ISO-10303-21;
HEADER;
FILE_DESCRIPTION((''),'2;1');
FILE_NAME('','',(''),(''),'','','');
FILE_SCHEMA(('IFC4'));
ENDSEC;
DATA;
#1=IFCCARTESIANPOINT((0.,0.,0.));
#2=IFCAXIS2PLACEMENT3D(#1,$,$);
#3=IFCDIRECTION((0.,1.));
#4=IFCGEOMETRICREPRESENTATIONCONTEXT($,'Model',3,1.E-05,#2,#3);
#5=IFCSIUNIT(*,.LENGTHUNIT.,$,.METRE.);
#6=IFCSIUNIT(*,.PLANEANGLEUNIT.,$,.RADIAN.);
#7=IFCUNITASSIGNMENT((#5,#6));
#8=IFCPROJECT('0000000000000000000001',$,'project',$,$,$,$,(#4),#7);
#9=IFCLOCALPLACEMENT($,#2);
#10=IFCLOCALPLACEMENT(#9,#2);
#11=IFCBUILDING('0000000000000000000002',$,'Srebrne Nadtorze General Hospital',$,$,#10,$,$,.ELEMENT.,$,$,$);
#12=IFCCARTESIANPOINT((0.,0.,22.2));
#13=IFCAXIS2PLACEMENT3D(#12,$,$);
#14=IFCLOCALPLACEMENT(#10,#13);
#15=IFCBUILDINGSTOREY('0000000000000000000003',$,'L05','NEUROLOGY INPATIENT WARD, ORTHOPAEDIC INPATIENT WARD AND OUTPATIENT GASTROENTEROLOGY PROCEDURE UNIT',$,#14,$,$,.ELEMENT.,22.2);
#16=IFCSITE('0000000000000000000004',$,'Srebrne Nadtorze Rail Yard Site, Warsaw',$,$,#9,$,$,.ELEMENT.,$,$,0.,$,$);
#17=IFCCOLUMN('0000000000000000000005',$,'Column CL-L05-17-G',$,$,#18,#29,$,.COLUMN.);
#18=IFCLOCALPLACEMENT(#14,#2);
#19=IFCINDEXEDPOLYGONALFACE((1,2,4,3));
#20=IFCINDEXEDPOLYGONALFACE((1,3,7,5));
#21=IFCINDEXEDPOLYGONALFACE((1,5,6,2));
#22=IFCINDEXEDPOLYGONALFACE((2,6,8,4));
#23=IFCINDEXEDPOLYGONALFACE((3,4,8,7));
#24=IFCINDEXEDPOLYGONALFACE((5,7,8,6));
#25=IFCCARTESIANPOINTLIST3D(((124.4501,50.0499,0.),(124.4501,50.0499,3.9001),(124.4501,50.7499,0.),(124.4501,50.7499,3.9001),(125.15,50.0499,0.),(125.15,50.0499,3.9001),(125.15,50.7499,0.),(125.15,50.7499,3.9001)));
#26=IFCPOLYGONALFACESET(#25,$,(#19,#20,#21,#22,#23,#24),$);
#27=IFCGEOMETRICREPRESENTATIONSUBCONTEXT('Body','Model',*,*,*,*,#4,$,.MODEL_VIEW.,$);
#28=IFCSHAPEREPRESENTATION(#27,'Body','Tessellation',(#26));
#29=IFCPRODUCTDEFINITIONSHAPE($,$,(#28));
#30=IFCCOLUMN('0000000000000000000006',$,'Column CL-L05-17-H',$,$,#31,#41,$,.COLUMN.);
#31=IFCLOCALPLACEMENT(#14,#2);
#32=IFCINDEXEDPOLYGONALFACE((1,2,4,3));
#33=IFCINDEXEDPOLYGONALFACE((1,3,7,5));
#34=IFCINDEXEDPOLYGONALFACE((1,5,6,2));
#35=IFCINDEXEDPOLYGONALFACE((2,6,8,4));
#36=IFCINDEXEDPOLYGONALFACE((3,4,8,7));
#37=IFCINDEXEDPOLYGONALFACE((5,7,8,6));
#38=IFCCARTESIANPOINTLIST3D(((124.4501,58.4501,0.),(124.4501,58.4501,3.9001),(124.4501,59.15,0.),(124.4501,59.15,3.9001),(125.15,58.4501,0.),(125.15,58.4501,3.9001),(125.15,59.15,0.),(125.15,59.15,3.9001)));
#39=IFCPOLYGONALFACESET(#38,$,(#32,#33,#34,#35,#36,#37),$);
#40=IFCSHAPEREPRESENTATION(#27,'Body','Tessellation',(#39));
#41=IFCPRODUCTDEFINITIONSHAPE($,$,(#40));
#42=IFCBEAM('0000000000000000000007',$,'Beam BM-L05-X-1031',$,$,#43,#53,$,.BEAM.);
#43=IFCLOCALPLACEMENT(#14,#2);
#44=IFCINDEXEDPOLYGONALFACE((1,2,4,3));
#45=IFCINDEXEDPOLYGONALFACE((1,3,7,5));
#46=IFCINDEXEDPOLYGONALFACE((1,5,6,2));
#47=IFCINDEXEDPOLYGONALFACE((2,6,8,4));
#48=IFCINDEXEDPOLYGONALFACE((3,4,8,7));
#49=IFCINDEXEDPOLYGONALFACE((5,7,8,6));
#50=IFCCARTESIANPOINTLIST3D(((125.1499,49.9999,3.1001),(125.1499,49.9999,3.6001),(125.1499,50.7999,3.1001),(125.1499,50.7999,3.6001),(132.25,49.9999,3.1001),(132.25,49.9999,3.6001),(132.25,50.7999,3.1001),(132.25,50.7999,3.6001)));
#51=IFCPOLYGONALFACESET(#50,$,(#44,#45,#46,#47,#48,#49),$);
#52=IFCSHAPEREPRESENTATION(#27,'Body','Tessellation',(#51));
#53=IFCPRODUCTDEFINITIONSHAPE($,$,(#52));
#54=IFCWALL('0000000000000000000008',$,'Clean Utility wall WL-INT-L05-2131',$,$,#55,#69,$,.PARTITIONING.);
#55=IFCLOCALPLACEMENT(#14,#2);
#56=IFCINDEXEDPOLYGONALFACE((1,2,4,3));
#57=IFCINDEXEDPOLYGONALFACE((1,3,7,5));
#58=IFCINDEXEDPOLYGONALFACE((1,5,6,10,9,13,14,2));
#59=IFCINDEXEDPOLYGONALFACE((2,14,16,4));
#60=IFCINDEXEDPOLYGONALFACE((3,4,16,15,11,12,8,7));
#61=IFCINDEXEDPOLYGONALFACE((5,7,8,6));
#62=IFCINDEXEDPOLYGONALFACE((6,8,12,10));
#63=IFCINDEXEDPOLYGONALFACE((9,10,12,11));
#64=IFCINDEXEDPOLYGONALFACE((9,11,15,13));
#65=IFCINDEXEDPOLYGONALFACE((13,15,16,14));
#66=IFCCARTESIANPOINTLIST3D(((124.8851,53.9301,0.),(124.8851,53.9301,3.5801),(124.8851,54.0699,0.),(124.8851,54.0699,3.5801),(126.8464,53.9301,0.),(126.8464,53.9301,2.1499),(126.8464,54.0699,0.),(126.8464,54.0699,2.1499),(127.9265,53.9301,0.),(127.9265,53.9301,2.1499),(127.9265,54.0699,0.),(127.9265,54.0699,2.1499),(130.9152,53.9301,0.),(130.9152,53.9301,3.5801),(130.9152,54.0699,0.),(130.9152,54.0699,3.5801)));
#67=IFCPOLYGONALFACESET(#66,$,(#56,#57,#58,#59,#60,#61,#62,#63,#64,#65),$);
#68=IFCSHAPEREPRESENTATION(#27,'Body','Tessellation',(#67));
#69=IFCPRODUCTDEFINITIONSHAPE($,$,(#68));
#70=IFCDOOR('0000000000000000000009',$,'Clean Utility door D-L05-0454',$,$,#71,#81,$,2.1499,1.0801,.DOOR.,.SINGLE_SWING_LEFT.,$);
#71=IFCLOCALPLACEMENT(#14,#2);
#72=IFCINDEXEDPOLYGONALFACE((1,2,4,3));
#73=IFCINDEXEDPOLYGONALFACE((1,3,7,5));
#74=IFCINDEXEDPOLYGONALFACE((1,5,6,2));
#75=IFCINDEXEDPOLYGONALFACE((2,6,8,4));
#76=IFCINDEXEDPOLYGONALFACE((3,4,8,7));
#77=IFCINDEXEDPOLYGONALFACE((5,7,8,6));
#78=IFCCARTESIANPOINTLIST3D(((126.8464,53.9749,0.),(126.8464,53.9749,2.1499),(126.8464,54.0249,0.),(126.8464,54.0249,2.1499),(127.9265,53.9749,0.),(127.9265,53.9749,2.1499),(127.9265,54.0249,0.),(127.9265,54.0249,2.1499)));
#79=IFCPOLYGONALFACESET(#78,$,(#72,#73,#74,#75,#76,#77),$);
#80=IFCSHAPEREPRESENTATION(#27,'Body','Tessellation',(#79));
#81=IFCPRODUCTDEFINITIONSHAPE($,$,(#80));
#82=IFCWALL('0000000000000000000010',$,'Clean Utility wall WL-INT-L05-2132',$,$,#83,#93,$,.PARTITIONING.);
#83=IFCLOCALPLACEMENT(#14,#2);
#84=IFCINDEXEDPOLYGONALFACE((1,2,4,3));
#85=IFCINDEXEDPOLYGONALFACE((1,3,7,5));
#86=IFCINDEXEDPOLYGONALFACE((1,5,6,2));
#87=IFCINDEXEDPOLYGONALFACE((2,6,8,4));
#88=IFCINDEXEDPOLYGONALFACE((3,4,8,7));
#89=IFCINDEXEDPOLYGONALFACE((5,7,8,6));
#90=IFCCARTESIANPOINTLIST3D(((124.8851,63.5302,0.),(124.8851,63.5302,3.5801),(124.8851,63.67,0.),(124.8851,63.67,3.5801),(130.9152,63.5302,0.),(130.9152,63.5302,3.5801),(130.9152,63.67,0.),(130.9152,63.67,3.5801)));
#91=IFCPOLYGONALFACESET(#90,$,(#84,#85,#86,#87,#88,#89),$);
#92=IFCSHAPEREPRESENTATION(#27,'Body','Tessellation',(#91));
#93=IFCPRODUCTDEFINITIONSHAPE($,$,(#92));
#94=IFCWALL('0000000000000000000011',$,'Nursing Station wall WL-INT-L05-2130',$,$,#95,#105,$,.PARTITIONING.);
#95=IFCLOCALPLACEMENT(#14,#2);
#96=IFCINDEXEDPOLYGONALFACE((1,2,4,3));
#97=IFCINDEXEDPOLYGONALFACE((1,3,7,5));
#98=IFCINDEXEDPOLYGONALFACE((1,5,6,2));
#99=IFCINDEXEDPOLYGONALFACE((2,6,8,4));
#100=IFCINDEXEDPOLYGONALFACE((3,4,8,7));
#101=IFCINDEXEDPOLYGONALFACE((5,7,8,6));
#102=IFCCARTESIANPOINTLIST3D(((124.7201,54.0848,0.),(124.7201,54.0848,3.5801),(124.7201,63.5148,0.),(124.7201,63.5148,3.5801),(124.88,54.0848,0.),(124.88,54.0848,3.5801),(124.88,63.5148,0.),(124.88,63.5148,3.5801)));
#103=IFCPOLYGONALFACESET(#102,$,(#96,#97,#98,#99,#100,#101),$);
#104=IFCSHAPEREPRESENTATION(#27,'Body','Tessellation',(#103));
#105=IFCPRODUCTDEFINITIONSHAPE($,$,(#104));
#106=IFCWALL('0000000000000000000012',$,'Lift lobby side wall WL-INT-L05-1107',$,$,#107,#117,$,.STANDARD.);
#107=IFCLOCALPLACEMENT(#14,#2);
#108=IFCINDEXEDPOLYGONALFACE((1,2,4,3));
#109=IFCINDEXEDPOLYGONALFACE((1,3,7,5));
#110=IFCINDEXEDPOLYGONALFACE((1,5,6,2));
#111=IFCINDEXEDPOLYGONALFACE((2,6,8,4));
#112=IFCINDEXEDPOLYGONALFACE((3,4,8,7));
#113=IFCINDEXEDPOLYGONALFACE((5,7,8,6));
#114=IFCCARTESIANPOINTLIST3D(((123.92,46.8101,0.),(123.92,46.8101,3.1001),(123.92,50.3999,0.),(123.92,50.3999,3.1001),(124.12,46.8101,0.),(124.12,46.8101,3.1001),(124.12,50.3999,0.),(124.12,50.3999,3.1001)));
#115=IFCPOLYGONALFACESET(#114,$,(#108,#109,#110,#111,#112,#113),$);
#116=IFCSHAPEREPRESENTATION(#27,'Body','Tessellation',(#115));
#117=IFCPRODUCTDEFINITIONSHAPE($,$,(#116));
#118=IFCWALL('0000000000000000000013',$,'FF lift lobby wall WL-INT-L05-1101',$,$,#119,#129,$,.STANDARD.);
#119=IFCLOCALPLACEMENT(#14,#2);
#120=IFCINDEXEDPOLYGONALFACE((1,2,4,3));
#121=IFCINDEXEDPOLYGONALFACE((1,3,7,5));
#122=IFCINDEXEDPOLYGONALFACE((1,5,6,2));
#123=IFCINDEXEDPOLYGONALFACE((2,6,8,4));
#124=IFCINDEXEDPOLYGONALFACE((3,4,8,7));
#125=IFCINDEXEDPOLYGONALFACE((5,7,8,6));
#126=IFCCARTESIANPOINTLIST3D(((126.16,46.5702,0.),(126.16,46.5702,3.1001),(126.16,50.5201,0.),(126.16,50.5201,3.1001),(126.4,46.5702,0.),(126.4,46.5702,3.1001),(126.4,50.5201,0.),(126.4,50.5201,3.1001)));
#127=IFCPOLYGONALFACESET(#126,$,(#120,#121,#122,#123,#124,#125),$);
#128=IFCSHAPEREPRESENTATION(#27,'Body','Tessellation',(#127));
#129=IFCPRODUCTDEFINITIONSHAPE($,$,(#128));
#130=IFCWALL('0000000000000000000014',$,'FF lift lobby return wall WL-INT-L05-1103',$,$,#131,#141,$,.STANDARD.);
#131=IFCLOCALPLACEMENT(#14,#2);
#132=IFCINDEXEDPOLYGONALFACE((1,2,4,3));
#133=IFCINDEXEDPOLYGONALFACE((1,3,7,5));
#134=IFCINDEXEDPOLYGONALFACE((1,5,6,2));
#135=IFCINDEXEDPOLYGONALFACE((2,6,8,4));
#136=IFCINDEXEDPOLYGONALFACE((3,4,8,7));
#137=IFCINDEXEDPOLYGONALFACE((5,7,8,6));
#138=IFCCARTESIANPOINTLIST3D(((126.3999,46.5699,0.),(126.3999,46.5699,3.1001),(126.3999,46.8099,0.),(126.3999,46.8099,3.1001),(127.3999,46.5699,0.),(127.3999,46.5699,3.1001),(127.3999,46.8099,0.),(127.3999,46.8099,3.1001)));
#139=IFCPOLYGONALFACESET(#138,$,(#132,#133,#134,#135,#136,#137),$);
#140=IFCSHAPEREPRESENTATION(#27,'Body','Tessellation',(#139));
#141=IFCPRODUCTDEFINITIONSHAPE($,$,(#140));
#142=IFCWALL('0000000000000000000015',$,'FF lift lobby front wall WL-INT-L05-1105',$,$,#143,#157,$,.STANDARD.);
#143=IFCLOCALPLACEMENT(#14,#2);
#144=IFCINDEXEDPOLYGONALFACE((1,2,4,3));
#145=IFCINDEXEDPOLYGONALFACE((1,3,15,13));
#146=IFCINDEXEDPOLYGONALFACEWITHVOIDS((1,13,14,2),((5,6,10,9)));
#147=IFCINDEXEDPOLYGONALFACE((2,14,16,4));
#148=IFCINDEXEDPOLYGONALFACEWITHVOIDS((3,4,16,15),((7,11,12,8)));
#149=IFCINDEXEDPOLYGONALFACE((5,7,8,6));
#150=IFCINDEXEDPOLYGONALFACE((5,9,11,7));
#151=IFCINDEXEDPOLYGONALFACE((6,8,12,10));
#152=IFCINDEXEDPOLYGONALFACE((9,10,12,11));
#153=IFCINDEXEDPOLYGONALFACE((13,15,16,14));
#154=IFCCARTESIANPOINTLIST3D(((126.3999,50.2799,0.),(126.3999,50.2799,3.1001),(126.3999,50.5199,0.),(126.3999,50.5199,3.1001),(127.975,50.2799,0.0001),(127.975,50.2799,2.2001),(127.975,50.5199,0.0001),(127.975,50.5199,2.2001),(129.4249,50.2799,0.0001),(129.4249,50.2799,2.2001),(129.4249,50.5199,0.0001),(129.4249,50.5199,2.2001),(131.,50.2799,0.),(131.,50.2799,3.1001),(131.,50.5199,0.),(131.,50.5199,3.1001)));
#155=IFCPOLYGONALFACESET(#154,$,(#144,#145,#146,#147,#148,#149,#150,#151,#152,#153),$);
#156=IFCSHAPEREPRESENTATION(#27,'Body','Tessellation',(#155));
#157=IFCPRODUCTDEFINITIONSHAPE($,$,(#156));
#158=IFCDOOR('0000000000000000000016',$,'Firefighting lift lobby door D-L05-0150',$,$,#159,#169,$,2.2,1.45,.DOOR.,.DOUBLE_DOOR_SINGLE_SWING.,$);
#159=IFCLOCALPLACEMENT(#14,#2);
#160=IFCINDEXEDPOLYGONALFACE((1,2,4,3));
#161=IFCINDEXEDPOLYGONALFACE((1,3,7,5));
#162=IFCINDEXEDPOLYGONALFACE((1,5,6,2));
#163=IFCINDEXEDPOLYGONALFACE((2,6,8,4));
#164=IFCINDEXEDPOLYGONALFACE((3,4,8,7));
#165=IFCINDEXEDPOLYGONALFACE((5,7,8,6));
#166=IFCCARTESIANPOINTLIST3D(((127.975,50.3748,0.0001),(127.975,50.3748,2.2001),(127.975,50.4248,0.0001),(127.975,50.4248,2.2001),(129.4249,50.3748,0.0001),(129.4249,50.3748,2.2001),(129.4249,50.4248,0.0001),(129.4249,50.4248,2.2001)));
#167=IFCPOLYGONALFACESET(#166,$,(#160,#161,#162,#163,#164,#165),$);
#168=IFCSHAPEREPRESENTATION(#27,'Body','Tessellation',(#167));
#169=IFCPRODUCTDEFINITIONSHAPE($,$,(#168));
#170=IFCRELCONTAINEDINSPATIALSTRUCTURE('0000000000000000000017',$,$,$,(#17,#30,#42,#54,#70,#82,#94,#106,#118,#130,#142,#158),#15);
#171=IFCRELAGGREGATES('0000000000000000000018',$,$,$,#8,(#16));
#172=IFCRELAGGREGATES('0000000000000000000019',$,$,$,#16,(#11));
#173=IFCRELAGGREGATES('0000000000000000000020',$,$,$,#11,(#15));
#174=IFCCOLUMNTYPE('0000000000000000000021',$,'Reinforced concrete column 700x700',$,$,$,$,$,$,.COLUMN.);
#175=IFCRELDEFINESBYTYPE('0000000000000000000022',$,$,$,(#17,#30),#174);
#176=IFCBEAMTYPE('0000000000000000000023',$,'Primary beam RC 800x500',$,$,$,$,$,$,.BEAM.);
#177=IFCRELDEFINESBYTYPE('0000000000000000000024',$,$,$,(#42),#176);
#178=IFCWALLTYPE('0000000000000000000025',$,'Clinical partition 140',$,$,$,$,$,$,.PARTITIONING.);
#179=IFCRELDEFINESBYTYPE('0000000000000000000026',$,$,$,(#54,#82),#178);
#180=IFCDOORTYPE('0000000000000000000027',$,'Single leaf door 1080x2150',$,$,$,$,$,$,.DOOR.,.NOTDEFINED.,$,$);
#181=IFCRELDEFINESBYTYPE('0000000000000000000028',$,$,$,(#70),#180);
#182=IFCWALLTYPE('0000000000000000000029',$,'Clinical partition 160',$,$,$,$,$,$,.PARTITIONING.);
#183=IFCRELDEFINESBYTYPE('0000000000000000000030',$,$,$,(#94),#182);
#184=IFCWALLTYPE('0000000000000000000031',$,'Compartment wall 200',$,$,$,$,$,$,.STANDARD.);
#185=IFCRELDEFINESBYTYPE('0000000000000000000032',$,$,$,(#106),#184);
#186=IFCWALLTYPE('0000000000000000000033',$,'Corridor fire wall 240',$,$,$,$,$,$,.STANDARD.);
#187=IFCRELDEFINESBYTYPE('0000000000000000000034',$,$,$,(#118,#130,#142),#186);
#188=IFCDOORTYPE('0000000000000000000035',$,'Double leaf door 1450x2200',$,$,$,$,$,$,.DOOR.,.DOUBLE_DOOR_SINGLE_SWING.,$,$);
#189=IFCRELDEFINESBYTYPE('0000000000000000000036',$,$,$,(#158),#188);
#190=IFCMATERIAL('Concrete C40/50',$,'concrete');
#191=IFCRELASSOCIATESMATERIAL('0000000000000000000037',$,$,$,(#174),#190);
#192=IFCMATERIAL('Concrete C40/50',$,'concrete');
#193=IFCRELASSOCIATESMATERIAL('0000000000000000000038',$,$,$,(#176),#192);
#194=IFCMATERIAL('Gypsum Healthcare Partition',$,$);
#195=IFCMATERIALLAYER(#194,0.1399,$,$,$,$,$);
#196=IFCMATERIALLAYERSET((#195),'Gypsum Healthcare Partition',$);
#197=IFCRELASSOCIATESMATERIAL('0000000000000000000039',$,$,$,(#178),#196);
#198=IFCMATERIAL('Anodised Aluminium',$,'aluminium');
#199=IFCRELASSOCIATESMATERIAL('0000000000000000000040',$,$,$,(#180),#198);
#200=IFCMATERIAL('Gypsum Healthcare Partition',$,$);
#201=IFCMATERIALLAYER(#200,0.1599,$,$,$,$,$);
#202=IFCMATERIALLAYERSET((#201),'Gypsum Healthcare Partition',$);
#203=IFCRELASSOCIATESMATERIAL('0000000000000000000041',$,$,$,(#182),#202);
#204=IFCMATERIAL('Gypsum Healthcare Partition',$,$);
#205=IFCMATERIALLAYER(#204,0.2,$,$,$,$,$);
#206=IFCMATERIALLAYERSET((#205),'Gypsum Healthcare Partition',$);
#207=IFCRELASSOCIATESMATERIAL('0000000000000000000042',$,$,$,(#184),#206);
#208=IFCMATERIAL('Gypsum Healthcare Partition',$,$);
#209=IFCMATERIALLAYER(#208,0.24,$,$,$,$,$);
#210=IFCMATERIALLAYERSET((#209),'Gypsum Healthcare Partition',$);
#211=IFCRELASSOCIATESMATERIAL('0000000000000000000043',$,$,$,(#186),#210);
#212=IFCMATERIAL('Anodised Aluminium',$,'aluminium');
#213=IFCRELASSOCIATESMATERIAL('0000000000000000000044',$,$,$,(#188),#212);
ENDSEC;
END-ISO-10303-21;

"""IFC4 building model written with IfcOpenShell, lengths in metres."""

from ifc_helpers import new_model, si_unit, direction, frame, frame_2d, origin, origin_2d, place, context, subcontext, project, spatial, rectangle, extrude, material, layer, layer_set, material_profile, profile_set, type_object, element, fill, save


model = new_model("IFC4")

# Units and contexts
model_context = context("Model", 3, precision=1e-05, world=origin(), true_north=direction((0.0, 1.0)))
body_context = subcontext(model_context, "Body", "Model", "MODEL_VIEW")
ifc_project = project(units=[si_unit("LENGTHUNIT", "METRE"), si_unit("PLANEANGLEUNIT", "RADIAN")], contexts=[model_context])

# Site, building, storey
site_placement = place(None, origin())
site = spatial("IfcSite", under=ifc_project, at=site_placement, Name="Srebrne Nadtorze Rail Yard Site, Warsaw", CompositionType="ELEMENT", RefElevation=0.0)
building_placement = place(site_placement, origin())
building = spatial("IfcBuilding", under=site, at=building_placement, Name="Srebrne Nadtorze General Hospital", CompositionType="ELEMENT")
storey_placement = place(building_placement, frame((0.0, 0.0, 22.2)))
storey = spatial("IfcBuildingStorey", under=building, at=storey_placement, Name="L05", Description="NEUROLOGY INPATIENT WARD, ORTHOPAEDIC INPATIENT WARD AND OUTPATIENT GASTROENTEROLOGY PROCEDURE UNIT", CompositionType="ELEMENT", Elevation=22.2)

# Columns
ifc_material_1 = material(Name="Concrete C40/50", Category="concrete")
ifc_material_profile_1 = material_profile(ifc_material_1, rectangle(XDim=0.7, YDim=0.7, at=origin_2d()), Name="RC-COL-700x700")
ifc_profile_set_1 = profile_set([ifc_material_profile_1], Name="Concrete C40/50")
column_type = type_object("IfcColumnType", Name="Reinforced concrete column 700x700", PredefinedType="COLUMN", material=ifc_profile_set_1)
for number, where, z_axis, x_axis, name in (
    (1, (124.8, 50.3999, 0.0), (0.0, 0.0, 1.0), (1.0, 0.0, 0.0), "Column CL-L05-17-G"),
    (2, (124.8, 58.8, 0.0), (0.0, 0.0, 1.0), (1.0, 0.0, 0.0), "Column CL-L05-17-H"),
):
    element("IfcColumn", number, at=place(storey_placement, frame(where, z_axis=z_axis, x_axis=x_axis)), inside=storey, type_object=column_type, Name=name, PredefinedType="COLUMN", context=body_context, shape_type="SweptSolid", body=[
        extrude(rectangle(XDim=0.7, YDim=0.7, at=origin_2d()), origin(), (0.0, 0.0, 1.0), 3.9001),
    ])

# Beam
ifc_material_2 = material(Name="Concrete C40/50", Category="concrete")
ifc_material_profile_2 = material_profile(ifc_material_2, rectangle(XDim=0.8, YDim=0.5, at=origin_2d()), Name="RC-BM-800x500")
ifc_profile_set_2 = profile_set([ifc_material_profile_2], Name="Concrete C40/50")
beam_type = type_object("IfcBeamType", Name="Primary beam RC 800x500", PredefinedType="BEAM", material=ifc_profile_set_2)
beam_placement = place(storey_placement, frame((125.1499, 50.3999, 3.3501), z_axis=(1.0, 0.0, 0.0), x_axis=(0.0, 1.0, 0.0)))
element("IfcBeam", 3, at=beam_placement, inside=storey, type_object=beam_type, Name="Beam BM-L05-X-1031", PredefinedType="BEAM", context=body_context, shape_type="SweptSolid", body=[
    extrude(rectangle(XDim=0.8, YDim=0.5, at=origin_2d()), origin(), (0.0, 0.0, 1.0), 7.1001),
])

# Wall, opening, door
ifc_material_3 = material(Name="Gypsum Healthcare Partition")
ifc_layer_1 = layer(ifc_material_3, 0.1399)
ifc_layer_set_1 = layer_set([ifc_layer_1], Name="Gypsum Healthcare Partition")
wall_type_1 = type_object("IfcWallType", Name="Clinical partition 140", PredefinedType="PARTITIONING", material=ifc_layer_set_1)
wall_1_placement = place(storey_placement, frame((124.885, 54.0, 0.0), z_axis=(0.0, 0.0, 1.0), x_axis=(1.0, 0.0, 0.0)))
wall_1 = element("IfcWall", 4, at=wall_1_placement, inside=storey, type_object=wall_type_1, Name="Clean Utility wall WL-INT-L05-2131", PredefinedType="PARTITIONING", context=body_context, shape_type="SweptSolid", body=[
    extrude(rectangle(XDim=6.03, YDim=0.1399, at=frame_2d((3.0151, 0.0))), origin(), (0.0, 0.0, 1.0), 3.5801),
])
opening_1_placement = place(wall_1_placement, frame((1.9614, 0.0, 0.0)))
opening_1 = element("IfcOpeningElement", 5, at=opening_1_placement, cuts=wall_1, PredefinedType="OPENING", context=body_context, shape_type="SweptSolid", body=[
    extrude(rectangle(XDim=1.0801, YDim=2.1499, at=frame_2d((0.54, 1.075))), frame((0.0, 0.082, 0.0), z_axis=(0.0, -1.0, 0.0), x_axis=(1.0, 0.0, 0.0)), (0.0, 0.0, 1.0), 0.1638),
])
ifc_material_4 = material(Name="Anodised Aluminium", Category="aluminium")
door_type_1 = type_object("IfcDoorType", Name="Single leaf door 1080x2150", OperationType="NOTDEFINED", PredefinedType="DOOR", material=ifc_material_4)
door_1_placement = place(opening_1_placement, origin())
door_1 = element("IfcDoor", 6, at=door_1_placement, inside=storey, type_object=door_type_1, Name="Clean Utility door D-L05-0454", OperationType="SINGLE_SWING_LEFT", OverallHeight=2.1499, OverallWidth=1.0801, PredefinedType="DOOR", context=body_context, shape_type="SweptSolid", body=[
    extrude(rectangle(XDim=1.0801, YDim=2.1499, at=frame_2d((0.54, 1.075))), frame((0.0, 0.0249, 0.0), z_axis=(0.0, -1.0, 0.0), x_axis=(1.0, 0.0, 0.0)), (0.0, 0.0, 1.0), 0.05),
])
fill(opening_1, door_1)

# Walls
wall_2_placement = place(storey_placement, frame((124.885, 63.6001, 0.0), z_axis=(0.0, 0.0, 1.0), x_axis=(1.0, 0.0, 0.0)))
element("IfcWall", 7, at=wall_2_placement, inside=storey, type_object=wall_type_1, Name="Clean Utility wall WL-INT-L05-2132", PredefinedType="PARTITIONING", context=body_context, shape_type="SweptSolid", body=[
    extrude(rectangle(XDim=6.03, YDim=0.1399, at=frame_2d((3.0151, 0.0))), origin(), (0.0, 0.0, 1.0), 3.5801),
])
ifc_material_5 = material(Name="Gypsum Healthcare Partition")
ifc_layer_2 = layer(ifc_material_5, 0.1599)
ifc_layer_set_2 = layer_set([ifc_layer_2], Name="Gypsum Healthcare Partition")
wall_type_2 = type_object("IfcWallType", Name="Clinical partition 160", PredefinedType="PARTITIONING", material=ifc_layer_set_2)
wall_3_placement = place(storey_placement, frame((124.8, 54.085, 0.0), z_axis=(0.0, 0.0, 1.0), x_axis=(0.0, 1.0, 0.0)))
element("IfcWall", 8, at=wall_3_placement, inside=storey, type_object=wall_type_2, Name="Nursing Station wall WL-INT-L05-2130", PredefinedType="PARTITIONING", context=body_context, shape_type="SweptSolid", body=[
    extrude(rectangle(XDim=9.4299, YDim=0.1599, at=frame_2d((4.7148, 0.0))), origin(), (0.0, 0.0, 1.0), 3.5801),
])
ifc_material_6 = material(Name="Gypsum Healthcare Partition")
ifc_layer_3 = layer(ifc_material_6, 0.2)
ifc_layer_set_3 = layer_set([ifc_layer_3], Name="Gypsum Healthcare Partition")
wall_type_3 = type_object("IfcWallType", Name="Compartment wall 200", PredefinedType="STANDARD", material=ifc_layer_set_3)
wall_4_placement = place(storey_placement, frame((124.02, 46.8101, 0.0), z_axis=(0.0, 0.0, 1.0), x_axis=(0.0, 1.0, 0.0)))
element("IfcWall", 9, at=wall_4_placement, inside=storey, type_object=wall_type_3, Name="Lift lobby side wall WL-INT-L05-1107", PredefinedType="STANDARD", context=body_context, shape_type="SweptSolid", body=[
    extrude(rectangle(XDim=3.5898, YDim=0.2, at=frame_2d((1.7949, 0.0))), origin(), (0.0, 0.0, 1.0), 3.1001),
])
ifc_material_7 = material(Name="Gypsum Healthcare Partition")
ifc_layer_4 = layer(ifc_material_7, 0.24)
ifc_layer_set_4 = layer_set([ifc_layer_4], Name="Gypsum Healthcare Partition")
wall_type_4 = type_object("IfcWallType", Name="Corridor fire wall 240", PredefinedType="STANDARD", material=ifc_layer_set_4)
wall_5_placement = place(storey_placement, frame((126.28, 46.5701, 0.0), z_axis=(0.0, 0.0, 1.0), x_axis=(0.0, 1.0, 0.0)))
element("IfcWall", 10, at=wall_5_placement, inside=storey, type_object=wall_type_4, Name="FF lift lobby wall WL-INT-L05-1101", PredefinedType="STANDARD", context=body_context, shape_type="SweptSolid", body=[
    extrude(rectangle(XDim=3.95, YDim=0.24, at=frame_2d((1.9751, 0.0))), origin(), (0.0, 0.0, 1.0), 3.1001),
])
wall_6_placement = place(storey_placement, frame((126.3999, 46.6899, 0.0), z_axis=(0.0, 0.0, 1.0), x_axis=(1.0, 0.0, 0.0)))
element("IfcWall", 11, at=wall_6_placement, inside=storey, type_object=wall_type_4, Name="FF lift lobby return wall WL-INT-L05-1103", PredefinedType="STANDARD", context=body_context, shape_type="SweptSolid", body=[
    extrude(rectangle(XDim=1.0, YDim=0.24, at=frame_2d((0.5, 0.0))), origin(), (0.0, 0.0, 1.0), 3.1001),
])

# Wall, opening, door
wall_7_placement = place(storey_placement, frame((126.3999, 50.3999, 0.0), z_axis=(0.0, 0.0, 1.0), x_axis=(1.0, 0.0, 0.0)))
wall_7 = element("IfcWall", 12, at=wall_7_placement, inside=storey, type_object=wall_type_4, Name="FF lift lobby front wall WL-INT-L05-1105", PredefinedType="STANDARD", context=body_context, shape_type="SweptSolid", body=[
    extrude(rectangle(XDim=4.6001, YDim=0.24, at=frame_2d((2.3, 0.0))), origin(), (0.0, 0.0, 1.0), 3.1001),
])
opening_2_placement = place(wall_7_placement, frame((1.575, 0.0, 0.0)))
opening_2 = element("IfcOpeningElement", 13, at=opening_2_placement, cuts=wall_7, PredefinedType="OPENING", context=body_context, shape_type="SweptSolid", body=[
    extrude(rectangle(XDim=1.45, YDim=2.2, at=frame_2d((0.7251, 1.1001))), frame((0.0, 0.1318, 0.0), z_axis=(0.0, -1.0, 0.0), x_axis=(1.0, 0.0, 0.0)), (0.0, 0.0, 1.0), 0.2639),
])
ifc_material_8 = material(Name="Anodised Aluminium", Category="aluminium")
door_type_2 = type_object("IfcDoorType", Name="Double leaf door 1450x2200", OperationType="DOUBLE_DOOR_SINGLE_SWING", PredefinedType="DOOR", material=ifc_material_8)
door_2_placement = place(opening_2_placement, origin())
door_2 = element("IfcDoor", 14, at=door_2_placement, inside=storey, type_object=door_type_2, Name="Firefighting lift lobby door D-L05-0150", OperationType="DOUBLE_DOOR_SINGLE_SWING", OverallHeight=2.2, OverallWidth=1.45, PredefinedType="DOOR", context=body_context, shape_type="SweptSolid", body=[
    extrude(rectangle(XDim=1.45, YDim=2.2, at=frame_2d((0.7251, 1.1001))), frame((0.0, 0.0249, 0.0), z_axis=(0.0, -1.0, 0.0), x_axis=(1.0, 0.0, 0.0)), (0.0, 0.0, 1.0), 0.05),
])
fill(opening_2, door_2)

save(model, "model.ifc")
